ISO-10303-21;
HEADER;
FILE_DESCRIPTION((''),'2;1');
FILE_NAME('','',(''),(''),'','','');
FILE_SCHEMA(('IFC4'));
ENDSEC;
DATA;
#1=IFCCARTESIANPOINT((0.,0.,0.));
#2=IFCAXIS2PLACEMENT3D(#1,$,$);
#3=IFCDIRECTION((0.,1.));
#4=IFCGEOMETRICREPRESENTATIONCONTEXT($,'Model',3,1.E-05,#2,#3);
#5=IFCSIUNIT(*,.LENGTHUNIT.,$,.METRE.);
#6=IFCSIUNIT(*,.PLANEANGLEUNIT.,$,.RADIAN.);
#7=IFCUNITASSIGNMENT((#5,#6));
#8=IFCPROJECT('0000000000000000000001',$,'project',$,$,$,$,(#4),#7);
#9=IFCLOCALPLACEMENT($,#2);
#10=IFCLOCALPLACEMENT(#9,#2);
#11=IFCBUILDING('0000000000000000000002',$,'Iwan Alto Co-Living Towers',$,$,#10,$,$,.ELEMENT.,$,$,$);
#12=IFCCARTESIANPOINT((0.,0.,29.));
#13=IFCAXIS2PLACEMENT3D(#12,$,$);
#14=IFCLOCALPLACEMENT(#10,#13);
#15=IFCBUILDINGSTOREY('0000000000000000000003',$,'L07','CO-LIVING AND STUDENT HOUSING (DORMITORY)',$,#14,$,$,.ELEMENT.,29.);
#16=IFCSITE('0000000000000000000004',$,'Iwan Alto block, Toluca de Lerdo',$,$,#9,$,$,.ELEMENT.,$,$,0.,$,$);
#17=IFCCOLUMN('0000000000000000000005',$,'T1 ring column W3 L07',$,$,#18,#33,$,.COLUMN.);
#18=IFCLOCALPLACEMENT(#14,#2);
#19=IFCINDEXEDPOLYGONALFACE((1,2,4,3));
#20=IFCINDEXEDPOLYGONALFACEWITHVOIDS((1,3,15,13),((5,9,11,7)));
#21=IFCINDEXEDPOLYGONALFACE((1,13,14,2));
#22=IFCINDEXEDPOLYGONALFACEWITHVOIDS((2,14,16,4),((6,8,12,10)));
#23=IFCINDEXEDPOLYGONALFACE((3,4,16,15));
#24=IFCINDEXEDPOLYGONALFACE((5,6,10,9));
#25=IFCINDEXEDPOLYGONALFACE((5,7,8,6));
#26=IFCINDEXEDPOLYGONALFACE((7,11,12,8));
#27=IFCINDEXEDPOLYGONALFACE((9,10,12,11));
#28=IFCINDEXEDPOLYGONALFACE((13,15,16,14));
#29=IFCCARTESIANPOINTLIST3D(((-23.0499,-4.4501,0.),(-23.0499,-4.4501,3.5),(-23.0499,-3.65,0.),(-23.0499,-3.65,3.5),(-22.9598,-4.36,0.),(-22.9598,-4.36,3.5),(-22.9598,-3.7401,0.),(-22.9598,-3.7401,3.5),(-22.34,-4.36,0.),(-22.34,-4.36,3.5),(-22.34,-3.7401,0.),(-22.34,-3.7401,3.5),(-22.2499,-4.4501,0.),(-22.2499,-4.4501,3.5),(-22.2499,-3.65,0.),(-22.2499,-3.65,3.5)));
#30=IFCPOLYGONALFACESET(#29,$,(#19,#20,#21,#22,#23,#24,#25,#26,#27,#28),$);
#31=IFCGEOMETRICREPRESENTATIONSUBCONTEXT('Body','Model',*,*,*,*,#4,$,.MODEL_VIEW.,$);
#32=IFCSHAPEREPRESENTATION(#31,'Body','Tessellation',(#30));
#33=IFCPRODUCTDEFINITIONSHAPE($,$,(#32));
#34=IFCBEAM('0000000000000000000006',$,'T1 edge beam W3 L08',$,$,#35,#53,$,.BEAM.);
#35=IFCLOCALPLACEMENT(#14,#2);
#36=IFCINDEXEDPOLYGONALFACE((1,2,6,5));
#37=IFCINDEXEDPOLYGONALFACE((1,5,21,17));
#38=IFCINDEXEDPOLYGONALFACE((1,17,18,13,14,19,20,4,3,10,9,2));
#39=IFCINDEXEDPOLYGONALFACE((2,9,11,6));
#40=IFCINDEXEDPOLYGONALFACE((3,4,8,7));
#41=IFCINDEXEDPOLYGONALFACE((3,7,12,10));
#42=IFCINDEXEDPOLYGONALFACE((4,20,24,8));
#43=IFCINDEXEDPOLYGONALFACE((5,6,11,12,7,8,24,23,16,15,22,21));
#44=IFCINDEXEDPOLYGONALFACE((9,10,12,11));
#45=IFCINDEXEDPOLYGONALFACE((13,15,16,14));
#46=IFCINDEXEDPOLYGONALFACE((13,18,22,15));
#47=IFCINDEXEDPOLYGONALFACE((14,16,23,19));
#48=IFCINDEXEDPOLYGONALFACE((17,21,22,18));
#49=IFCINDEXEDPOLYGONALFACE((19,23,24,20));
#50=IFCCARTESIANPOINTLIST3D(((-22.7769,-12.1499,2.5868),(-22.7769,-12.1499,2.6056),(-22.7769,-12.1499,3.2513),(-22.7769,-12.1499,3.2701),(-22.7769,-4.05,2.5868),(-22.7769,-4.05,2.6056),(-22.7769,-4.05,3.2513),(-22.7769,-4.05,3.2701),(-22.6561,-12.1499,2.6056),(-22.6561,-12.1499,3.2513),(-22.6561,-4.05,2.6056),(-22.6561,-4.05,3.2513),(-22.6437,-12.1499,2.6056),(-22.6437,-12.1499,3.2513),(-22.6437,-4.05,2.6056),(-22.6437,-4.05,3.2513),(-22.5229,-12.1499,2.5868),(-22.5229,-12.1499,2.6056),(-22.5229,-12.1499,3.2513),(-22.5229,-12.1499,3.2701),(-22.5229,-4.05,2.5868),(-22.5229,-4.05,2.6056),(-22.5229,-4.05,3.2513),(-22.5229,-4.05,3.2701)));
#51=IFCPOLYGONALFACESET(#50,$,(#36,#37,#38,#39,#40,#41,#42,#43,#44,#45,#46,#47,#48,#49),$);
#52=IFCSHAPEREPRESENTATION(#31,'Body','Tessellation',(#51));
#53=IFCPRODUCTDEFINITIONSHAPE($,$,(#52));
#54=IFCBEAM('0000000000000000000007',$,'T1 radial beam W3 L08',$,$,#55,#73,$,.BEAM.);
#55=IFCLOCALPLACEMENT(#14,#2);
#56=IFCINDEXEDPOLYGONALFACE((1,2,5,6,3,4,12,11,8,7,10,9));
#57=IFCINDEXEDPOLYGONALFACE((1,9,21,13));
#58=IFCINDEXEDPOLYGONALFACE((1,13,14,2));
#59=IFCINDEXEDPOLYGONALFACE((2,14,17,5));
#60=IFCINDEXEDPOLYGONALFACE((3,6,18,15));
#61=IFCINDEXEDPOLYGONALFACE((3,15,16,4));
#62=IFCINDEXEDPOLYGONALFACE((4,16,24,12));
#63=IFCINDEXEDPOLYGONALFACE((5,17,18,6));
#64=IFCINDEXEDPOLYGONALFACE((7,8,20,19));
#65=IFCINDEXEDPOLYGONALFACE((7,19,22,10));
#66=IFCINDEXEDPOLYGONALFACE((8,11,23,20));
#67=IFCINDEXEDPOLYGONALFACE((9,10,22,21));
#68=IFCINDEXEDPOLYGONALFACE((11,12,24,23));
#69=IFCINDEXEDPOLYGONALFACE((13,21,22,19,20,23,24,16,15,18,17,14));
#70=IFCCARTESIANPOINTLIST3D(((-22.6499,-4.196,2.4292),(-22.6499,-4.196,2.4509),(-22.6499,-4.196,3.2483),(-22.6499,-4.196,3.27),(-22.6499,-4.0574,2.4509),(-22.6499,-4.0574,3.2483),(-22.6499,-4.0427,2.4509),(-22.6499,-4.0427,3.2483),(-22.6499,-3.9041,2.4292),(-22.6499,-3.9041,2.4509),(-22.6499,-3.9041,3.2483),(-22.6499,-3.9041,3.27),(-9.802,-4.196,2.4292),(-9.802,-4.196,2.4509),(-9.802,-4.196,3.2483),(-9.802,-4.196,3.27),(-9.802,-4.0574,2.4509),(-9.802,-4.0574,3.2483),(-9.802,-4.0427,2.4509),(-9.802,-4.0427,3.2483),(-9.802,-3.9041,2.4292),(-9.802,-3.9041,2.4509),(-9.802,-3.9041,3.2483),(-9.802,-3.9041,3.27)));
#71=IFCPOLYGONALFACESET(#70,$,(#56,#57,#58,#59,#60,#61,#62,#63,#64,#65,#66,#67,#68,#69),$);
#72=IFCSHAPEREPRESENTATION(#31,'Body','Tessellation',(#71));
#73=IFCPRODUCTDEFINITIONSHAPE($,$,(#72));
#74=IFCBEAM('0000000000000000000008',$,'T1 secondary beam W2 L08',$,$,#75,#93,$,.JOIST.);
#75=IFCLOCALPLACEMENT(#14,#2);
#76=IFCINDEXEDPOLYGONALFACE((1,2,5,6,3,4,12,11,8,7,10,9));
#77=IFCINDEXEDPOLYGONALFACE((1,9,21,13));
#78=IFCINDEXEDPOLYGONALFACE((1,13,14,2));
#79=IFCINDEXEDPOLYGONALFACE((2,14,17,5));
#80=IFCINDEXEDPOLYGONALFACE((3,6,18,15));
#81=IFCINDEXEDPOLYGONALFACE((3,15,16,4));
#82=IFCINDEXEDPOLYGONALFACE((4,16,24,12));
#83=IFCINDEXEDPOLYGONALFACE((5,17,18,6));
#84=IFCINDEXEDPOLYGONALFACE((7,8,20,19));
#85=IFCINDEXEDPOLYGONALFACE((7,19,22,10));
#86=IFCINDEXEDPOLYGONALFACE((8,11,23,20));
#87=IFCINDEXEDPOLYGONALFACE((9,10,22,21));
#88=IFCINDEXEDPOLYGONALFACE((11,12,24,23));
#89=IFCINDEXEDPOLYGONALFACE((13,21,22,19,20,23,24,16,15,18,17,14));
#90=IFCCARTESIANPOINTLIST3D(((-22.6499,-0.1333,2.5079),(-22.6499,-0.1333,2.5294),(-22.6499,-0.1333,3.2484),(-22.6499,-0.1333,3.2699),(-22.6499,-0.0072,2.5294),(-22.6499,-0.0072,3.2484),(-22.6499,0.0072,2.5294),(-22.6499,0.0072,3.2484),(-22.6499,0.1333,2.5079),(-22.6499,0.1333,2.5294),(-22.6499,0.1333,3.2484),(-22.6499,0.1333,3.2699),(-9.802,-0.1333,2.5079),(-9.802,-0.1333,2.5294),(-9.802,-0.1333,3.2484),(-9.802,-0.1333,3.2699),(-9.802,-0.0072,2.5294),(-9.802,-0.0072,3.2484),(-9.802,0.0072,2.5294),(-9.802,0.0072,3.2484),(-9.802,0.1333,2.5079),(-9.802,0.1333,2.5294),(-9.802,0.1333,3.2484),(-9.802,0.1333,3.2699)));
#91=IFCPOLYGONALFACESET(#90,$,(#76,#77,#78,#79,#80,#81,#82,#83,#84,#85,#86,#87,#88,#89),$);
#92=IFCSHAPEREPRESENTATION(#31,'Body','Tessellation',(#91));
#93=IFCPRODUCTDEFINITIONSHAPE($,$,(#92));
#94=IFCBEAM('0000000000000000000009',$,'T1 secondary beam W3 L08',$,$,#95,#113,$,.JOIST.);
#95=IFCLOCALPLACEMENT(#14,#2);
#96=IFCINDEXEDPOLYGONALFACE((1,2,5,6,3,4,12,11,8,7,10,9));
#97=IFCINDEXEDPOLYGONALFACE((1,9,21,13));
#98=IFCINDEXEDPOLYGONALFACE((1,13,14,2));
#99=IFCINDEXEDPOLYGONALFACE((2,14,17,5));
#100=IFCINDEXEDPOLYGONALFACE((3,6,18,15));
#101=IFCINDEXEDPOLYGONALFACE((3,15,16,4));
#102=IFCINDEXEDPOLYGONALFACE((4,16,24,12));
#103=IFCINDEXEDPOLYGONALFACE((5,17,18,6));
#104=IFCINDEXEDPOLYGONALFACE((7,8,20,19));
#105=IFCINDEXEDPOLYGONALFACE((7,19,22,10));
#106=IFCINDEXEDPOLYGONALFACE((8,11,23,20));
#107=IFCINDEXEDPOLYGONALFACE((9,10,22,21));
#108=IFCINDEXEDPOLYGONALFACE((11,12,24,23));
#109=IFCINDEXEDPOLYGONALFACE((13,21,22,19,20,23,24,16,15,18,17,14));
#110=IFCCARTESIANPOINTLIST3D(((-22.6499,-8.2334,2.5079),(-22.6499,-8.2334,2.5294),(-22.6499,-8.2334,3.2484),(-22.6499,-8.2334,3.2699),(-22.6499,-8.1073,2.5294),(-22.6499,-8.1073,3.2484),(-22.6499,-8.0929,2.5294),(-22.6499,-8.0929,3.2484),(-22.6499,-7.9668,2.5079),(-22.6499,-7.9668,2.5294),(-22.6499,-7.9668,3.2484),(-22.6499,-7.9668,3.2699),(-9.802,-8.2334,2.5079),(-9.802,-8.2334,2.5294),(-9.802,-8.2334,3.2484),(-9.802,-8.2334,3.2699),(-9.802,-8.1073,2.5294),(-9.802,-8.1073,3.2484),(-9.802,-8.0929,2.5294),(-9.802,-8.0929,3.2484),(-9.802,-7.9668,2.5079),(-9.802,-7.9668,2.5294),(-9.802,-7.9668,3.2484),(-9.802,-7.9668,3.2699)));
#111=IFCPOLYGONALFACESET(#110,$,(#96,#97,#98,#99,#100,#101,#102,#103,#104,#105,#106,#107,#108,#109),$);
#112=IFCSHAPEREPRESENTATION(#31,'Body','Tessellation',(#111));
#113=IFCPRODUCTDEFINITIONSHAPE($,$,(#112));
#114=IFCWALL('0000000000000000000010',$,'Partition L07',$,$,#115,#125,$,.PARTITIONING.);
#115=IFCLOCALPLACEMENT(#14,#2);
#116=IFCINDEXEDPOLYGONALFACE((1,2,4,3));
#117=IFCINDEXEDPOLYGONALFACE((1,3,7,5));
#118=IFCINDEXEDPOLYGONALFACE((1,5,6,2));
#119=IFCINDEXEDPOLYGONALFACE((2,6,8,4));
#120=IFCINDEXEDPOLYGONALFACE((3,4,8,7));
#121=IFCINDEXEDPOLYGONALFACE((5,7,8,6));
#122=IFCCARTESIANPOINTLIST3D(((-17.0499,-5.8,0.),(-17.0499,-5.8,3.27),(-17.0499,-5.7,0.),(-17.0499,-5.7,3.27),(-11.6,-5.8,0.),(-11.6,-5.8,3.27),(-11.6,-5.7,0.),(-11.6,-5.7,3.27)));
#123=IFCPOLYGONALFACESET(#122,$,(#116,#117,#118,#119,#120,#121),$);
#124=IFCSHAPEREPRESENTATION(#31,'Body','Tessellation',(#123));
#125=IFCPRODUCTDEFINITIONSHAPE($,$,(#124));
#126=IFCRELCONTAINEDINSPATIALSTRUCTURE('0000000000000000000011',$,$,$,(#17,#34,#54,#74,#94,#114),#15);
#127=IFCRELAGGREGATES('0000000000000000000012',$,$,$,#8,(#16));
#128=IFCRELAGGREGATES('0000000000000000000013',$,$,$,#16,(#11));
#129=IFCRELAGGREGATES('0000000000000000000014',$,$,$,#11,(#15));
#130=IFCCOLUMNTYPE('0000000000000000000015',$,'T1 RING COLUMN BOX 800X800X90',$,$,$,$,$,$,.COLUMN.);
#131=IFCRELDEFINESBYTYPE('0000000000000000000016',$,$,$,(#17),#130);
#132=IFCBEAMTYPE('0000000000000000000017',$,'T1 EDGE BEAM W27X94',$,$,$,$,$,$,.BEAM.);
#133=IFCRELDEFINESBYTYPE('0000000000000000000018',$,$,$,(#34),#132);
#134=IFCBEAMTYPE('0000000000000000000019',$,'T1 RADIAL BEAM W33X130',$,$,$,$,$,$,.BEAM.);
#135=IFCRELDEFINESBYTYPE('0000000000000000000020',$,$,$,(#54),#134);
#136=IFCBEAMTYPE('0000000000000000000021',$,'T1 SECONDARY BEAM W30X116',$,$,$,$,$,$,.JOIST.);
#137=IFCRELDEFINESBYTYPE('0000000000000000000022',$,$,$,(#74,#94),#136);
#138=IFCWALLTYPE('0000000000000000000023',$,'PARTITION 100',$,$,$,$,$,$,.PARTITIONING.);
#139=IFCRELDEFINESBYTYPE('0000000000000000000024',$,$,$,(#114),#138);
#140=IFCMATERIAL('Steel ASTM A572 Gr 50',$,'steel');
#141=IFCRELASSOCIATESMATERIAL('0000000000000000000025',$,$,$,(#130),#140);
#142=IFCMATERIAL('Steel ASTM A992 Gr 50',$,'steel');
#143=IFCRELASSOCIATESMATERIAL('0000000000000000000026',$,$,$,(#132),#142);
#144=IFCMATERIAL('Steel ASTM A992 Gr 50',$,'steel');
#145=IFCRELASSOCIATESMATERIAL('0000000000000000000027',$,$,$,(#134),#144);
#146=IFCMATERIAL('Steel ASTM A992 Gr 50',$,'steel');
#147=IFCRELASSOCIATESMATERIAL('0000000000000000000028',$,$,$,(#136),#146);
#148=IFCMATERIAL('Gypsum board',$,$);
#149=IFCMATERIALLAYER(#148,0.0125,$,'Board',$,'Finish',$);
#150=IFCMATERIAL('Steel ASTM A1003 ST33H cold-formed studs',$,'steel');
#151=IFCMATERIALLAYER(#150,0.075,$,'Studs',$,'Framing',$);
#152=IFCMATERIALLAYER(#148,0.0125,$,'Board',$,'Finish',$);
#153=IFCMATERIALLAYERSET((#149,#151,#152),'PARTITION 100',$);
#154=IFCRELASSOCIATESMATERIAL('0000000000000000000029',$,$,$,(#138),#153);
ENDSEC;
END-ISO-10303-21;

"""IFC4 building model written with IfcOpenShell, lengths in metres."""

from ifc_helpers import new_model, si_unit, direction, frame, frame_2d, origin, origin_2d, place, context, subcontext, project, spatial, rectangle, hollow_rectangle, i_section, extrude, material, layer, layer_set, material_profile, profile_set, type_object, element, save


model = new_model("IFC4")

# Units and contexts
model_context = context("Model", 3, precision=1e-05, world=origin(), true_north=direction((0.0, 1.0)))
body_context = subcontext(model_context, "Body", "Model", "MODEL_VIEW")
ifc_project = project(units=[si_unit("LENGTHUNIT", "METRE"), si_unit("PLANEANGLEUNIT", "RADIAN")], contexts=[model_context])

# Site, building, storey
site_placement = place(None, origin())
site = spatial("IfcSite", under=ifc_project, at=site_placement, Name="Iwan Alto block, Toluca de Lerdo", CompositionType="ELEMENT", RefElevation=0.0)
building_placement = place(site_placement, origin())
building = spatial("IfcBuilding", under=site, at=building_placement, Name="Iwan Alto Co-Living Towers", CompositionType="ELEMENT")
storey_placement = place(building_placement, frame((0.0, 0.0, 29.0)))
storey = spatial("IfcBuildingStorey", under=building, at=storey_placement, Name="L07", Description="CO-LIVING AND STUDENT HOUSING (DORMITORY)", CompositionType="ELEMENT", Elevation=29.0)

# Column
ifc_material_1 = material(Name="Steel ASTM A572 Gr 50", Category="steel")
ifc_material_profile_1 = material_profile(ifc_material_1, hollow_rectangle(XDim=0.8, YDim=0.8, WallThickness=0.0901, at=origin_2d()), Name="BOX 800X800X90")
ifc_profile_set_1 = profile_set([ifc_material_profile_1], Name="Steel ASTM A572 Gr 50")
column_type = type_object("IfcColumnType", Name="T1 RING COLUMN BOX 800X800X90", PredefinedType="COLUMN", material=ifc_profile_set_1)
column_placement = place(storey_placement, frame((-22.6499, -4.05, 0.0), z_axis=(0.0, 0.0, 1.0), x_axis=(1.0, 0.0, 0.0)))
element("IfcColumn", 1, at=column_placement, inside=storey, type_object=column_type, Name="T1 ring column W3 L07", PredefinedType="COLUMN", context=body_context, shape_type="SweptSolid", body=[
    extrude(hollow_rectangle(XDim=0.8, YDim=0.8, WallThickness=0.0901, at=origin_2d()), origin(), (0.0, 0.0, 1.0), 3.5),
])

# Beams
ifc_material_2 = material(Name="Steel ASTM A992 Gr 50", Category="steel")
ifc_material_profile_2 = material_profile(ifc_material_2, i_section(OverallWidth=0.2539, OverallDepth=0.6833, WebThickness=0.0125, FlangeThickness=0.0188, at=origin_2d()), Name="W27X94")
ifc_profile_set_2 = profile_set([ifc_material_profile_2], Name="Steel ASTM A992 Gr 50")
beam_type_1 = type_object("IfcBeamType", Name="T1 EDGE BEAM W27X94", PredefinedType="BEAM", material=ifc_profile_set_2)
beam_1_placement = place(storey_placement, frame((-22.6499, -4.05, 2.9285), z_axis=(0.0, -1.0, 0.0), x_axis=(1.0, 0.0, 0.0)))
element("IfcBeam", 2, at=beam_1_placement, inside=storey, type_object=beam_type_1, Name="T1 edge beam W3 L08", PredefinedType="BEAM", context=body_context, shape_type="SweptSolid", body=[
    extrude(i_section(OverallWidth=0.2539, OverallDepth=0.6833, WebThickness=0.0125, FlangeThickness=0.0188, at=origin_2d()), origin(), (0.0, 0.0, 1.0), 8.0999),
])
ifc_material_3 = material(Name="Steel ASTM A992 Gr 50", Category="steel")
ifc_material_profile_3 = material_profile(ifc_material_3, i_section(OverallWidth=0.292, OverallDepth=0.8408, WebThickness=0.0146, FlangeThickness=0.0217, at=origin_2d()), Name="W33X130")
ifc_profile_set_3 = profile_set([ifc_material_profile_3], Name="Steel ASTM A992 Gr 50")
beam_type_2 = type_object("IfcBeamType", Name="T1 RADIAL BEAM W33X130", PredefinedType="BEAM", material=ifc_profile_set_3)
beam_2_placement = place(storey_placement, frame((-22.6499, -4.05, 2.8496), z_axis=(1.0, 0.0, 0.0), x_axis=(0.0, 1.0, 0.0)))
element("IfcBeam", 3, at=beam_2_placement, inside=storey, type_object=beam_type_2, Name="T1 radial beam W3 L08", PredefinedType="BEAM", context=body_context, shape_type="SweptSolid", body=[
    extrude(i_section(OverallWidth=0.292, OverallDepth=0.8408, WebThickness=0.0146, FlangeThickness=0.0217, at=origin_2d()), origin(), (0.0, 0.0, 1.0), 12.8479),
])
ifc_material_4 = material(Name="Steel ASTM A992 Gr 50", Category="steel")
ifc_material_profile_4 = material_profile(ifc_material_4, i_section(OverallWidth=0.2666, OverallDepth=0.762, WebThickness=0.0144, FlangeThickness=0.0215, at=origin_2d()), Name="W30X116")
ifc_profile_set_4 = profile_set([ifc_material_profile_4], Name="Steel ASTM A992 Gr 50")
beam_type_3 = type_object("IfcBeamType", Name="T1 SECONDARY BEAM W30X116", PredefinedType="JOIST", material=ifc_profile_set_4)
for number, where, z_axis, x_axis, name in (
    (4, (-22.6499, 0.0, 2.8889), (1.0, 0.0, 0.0), (0.0, 1.0, 0.0), "T1 secondary beam W2 L08"),
    (5, (-22.6499, -8.1001, 2.8889), (1.0, 0.0, 0.0), (0.0, 1.0, 0.0), "T1 secondary beam W3 L08"),
):
    element("IfcBeam", number, at=place(storey_placement, frame(where, z_axis=z_axis, x_axis=x_axis)), inside=storey, type_object=beam_type_3, Name=name, PredefinedType="JOIST", context=body_context, shape_type="SweptSolid", body=[
        extrude(i_section(OverallWidth=0.2666, OverallDepth=0.762, WebThickness=0.0144, FlangeThickness=0.0215, at=origin_2d()), origin(), (0.0, 0.0, 1.0), 12.8479),
    ])

# Wall
ifc_material_5 = material(Name="Gypsum board")
ifc_layer_1 = layer(ifc_material_5, 0.0125, Name="Board", Category="Finish")
ifc_material_6 = material(Name="Steel ASTM A1003 ST33H cold-formed studs", Category="steel")
ifc_layer_2 = layer(ifc_material_6, 0.075, Name="Studs", Category="Framing")
ifc_layer_3 = layer(ifc_material_5, 0.0125, Name="Board", Category="Finish")
ifc_layer_set = layer_set([ifc_layer_1, ifc_layer_2, ifc_layer_3], Name="PARTITION 100")
wall_type = type_object("IfcWallType", Name="PARTITION 100", PredefinedType="PARTITIONING", material=ifc_layer_set)
wall_placement = place(storey_placement, frame((-17.05, -5.75, 0.0), z_axis=(0.0, 0.0, 1.0), x_axis=(1.0, 0.0, 0.0)))
element("IfcWall", 6, at=wall_placement, inside=storey, type_object=wall_type, Name="Partition L07", PredefinedType="PARTITIONING", context=body_context, shape_type="SweptSolid", body=[
    extrude(rectangle(XDim=5.45, YDim=0.1001, at=frame_2d((2.7251, 0.0))), origin(), (0.0, 0.0, 1.0), 3.27),
])

save(model, "model.ifc")
